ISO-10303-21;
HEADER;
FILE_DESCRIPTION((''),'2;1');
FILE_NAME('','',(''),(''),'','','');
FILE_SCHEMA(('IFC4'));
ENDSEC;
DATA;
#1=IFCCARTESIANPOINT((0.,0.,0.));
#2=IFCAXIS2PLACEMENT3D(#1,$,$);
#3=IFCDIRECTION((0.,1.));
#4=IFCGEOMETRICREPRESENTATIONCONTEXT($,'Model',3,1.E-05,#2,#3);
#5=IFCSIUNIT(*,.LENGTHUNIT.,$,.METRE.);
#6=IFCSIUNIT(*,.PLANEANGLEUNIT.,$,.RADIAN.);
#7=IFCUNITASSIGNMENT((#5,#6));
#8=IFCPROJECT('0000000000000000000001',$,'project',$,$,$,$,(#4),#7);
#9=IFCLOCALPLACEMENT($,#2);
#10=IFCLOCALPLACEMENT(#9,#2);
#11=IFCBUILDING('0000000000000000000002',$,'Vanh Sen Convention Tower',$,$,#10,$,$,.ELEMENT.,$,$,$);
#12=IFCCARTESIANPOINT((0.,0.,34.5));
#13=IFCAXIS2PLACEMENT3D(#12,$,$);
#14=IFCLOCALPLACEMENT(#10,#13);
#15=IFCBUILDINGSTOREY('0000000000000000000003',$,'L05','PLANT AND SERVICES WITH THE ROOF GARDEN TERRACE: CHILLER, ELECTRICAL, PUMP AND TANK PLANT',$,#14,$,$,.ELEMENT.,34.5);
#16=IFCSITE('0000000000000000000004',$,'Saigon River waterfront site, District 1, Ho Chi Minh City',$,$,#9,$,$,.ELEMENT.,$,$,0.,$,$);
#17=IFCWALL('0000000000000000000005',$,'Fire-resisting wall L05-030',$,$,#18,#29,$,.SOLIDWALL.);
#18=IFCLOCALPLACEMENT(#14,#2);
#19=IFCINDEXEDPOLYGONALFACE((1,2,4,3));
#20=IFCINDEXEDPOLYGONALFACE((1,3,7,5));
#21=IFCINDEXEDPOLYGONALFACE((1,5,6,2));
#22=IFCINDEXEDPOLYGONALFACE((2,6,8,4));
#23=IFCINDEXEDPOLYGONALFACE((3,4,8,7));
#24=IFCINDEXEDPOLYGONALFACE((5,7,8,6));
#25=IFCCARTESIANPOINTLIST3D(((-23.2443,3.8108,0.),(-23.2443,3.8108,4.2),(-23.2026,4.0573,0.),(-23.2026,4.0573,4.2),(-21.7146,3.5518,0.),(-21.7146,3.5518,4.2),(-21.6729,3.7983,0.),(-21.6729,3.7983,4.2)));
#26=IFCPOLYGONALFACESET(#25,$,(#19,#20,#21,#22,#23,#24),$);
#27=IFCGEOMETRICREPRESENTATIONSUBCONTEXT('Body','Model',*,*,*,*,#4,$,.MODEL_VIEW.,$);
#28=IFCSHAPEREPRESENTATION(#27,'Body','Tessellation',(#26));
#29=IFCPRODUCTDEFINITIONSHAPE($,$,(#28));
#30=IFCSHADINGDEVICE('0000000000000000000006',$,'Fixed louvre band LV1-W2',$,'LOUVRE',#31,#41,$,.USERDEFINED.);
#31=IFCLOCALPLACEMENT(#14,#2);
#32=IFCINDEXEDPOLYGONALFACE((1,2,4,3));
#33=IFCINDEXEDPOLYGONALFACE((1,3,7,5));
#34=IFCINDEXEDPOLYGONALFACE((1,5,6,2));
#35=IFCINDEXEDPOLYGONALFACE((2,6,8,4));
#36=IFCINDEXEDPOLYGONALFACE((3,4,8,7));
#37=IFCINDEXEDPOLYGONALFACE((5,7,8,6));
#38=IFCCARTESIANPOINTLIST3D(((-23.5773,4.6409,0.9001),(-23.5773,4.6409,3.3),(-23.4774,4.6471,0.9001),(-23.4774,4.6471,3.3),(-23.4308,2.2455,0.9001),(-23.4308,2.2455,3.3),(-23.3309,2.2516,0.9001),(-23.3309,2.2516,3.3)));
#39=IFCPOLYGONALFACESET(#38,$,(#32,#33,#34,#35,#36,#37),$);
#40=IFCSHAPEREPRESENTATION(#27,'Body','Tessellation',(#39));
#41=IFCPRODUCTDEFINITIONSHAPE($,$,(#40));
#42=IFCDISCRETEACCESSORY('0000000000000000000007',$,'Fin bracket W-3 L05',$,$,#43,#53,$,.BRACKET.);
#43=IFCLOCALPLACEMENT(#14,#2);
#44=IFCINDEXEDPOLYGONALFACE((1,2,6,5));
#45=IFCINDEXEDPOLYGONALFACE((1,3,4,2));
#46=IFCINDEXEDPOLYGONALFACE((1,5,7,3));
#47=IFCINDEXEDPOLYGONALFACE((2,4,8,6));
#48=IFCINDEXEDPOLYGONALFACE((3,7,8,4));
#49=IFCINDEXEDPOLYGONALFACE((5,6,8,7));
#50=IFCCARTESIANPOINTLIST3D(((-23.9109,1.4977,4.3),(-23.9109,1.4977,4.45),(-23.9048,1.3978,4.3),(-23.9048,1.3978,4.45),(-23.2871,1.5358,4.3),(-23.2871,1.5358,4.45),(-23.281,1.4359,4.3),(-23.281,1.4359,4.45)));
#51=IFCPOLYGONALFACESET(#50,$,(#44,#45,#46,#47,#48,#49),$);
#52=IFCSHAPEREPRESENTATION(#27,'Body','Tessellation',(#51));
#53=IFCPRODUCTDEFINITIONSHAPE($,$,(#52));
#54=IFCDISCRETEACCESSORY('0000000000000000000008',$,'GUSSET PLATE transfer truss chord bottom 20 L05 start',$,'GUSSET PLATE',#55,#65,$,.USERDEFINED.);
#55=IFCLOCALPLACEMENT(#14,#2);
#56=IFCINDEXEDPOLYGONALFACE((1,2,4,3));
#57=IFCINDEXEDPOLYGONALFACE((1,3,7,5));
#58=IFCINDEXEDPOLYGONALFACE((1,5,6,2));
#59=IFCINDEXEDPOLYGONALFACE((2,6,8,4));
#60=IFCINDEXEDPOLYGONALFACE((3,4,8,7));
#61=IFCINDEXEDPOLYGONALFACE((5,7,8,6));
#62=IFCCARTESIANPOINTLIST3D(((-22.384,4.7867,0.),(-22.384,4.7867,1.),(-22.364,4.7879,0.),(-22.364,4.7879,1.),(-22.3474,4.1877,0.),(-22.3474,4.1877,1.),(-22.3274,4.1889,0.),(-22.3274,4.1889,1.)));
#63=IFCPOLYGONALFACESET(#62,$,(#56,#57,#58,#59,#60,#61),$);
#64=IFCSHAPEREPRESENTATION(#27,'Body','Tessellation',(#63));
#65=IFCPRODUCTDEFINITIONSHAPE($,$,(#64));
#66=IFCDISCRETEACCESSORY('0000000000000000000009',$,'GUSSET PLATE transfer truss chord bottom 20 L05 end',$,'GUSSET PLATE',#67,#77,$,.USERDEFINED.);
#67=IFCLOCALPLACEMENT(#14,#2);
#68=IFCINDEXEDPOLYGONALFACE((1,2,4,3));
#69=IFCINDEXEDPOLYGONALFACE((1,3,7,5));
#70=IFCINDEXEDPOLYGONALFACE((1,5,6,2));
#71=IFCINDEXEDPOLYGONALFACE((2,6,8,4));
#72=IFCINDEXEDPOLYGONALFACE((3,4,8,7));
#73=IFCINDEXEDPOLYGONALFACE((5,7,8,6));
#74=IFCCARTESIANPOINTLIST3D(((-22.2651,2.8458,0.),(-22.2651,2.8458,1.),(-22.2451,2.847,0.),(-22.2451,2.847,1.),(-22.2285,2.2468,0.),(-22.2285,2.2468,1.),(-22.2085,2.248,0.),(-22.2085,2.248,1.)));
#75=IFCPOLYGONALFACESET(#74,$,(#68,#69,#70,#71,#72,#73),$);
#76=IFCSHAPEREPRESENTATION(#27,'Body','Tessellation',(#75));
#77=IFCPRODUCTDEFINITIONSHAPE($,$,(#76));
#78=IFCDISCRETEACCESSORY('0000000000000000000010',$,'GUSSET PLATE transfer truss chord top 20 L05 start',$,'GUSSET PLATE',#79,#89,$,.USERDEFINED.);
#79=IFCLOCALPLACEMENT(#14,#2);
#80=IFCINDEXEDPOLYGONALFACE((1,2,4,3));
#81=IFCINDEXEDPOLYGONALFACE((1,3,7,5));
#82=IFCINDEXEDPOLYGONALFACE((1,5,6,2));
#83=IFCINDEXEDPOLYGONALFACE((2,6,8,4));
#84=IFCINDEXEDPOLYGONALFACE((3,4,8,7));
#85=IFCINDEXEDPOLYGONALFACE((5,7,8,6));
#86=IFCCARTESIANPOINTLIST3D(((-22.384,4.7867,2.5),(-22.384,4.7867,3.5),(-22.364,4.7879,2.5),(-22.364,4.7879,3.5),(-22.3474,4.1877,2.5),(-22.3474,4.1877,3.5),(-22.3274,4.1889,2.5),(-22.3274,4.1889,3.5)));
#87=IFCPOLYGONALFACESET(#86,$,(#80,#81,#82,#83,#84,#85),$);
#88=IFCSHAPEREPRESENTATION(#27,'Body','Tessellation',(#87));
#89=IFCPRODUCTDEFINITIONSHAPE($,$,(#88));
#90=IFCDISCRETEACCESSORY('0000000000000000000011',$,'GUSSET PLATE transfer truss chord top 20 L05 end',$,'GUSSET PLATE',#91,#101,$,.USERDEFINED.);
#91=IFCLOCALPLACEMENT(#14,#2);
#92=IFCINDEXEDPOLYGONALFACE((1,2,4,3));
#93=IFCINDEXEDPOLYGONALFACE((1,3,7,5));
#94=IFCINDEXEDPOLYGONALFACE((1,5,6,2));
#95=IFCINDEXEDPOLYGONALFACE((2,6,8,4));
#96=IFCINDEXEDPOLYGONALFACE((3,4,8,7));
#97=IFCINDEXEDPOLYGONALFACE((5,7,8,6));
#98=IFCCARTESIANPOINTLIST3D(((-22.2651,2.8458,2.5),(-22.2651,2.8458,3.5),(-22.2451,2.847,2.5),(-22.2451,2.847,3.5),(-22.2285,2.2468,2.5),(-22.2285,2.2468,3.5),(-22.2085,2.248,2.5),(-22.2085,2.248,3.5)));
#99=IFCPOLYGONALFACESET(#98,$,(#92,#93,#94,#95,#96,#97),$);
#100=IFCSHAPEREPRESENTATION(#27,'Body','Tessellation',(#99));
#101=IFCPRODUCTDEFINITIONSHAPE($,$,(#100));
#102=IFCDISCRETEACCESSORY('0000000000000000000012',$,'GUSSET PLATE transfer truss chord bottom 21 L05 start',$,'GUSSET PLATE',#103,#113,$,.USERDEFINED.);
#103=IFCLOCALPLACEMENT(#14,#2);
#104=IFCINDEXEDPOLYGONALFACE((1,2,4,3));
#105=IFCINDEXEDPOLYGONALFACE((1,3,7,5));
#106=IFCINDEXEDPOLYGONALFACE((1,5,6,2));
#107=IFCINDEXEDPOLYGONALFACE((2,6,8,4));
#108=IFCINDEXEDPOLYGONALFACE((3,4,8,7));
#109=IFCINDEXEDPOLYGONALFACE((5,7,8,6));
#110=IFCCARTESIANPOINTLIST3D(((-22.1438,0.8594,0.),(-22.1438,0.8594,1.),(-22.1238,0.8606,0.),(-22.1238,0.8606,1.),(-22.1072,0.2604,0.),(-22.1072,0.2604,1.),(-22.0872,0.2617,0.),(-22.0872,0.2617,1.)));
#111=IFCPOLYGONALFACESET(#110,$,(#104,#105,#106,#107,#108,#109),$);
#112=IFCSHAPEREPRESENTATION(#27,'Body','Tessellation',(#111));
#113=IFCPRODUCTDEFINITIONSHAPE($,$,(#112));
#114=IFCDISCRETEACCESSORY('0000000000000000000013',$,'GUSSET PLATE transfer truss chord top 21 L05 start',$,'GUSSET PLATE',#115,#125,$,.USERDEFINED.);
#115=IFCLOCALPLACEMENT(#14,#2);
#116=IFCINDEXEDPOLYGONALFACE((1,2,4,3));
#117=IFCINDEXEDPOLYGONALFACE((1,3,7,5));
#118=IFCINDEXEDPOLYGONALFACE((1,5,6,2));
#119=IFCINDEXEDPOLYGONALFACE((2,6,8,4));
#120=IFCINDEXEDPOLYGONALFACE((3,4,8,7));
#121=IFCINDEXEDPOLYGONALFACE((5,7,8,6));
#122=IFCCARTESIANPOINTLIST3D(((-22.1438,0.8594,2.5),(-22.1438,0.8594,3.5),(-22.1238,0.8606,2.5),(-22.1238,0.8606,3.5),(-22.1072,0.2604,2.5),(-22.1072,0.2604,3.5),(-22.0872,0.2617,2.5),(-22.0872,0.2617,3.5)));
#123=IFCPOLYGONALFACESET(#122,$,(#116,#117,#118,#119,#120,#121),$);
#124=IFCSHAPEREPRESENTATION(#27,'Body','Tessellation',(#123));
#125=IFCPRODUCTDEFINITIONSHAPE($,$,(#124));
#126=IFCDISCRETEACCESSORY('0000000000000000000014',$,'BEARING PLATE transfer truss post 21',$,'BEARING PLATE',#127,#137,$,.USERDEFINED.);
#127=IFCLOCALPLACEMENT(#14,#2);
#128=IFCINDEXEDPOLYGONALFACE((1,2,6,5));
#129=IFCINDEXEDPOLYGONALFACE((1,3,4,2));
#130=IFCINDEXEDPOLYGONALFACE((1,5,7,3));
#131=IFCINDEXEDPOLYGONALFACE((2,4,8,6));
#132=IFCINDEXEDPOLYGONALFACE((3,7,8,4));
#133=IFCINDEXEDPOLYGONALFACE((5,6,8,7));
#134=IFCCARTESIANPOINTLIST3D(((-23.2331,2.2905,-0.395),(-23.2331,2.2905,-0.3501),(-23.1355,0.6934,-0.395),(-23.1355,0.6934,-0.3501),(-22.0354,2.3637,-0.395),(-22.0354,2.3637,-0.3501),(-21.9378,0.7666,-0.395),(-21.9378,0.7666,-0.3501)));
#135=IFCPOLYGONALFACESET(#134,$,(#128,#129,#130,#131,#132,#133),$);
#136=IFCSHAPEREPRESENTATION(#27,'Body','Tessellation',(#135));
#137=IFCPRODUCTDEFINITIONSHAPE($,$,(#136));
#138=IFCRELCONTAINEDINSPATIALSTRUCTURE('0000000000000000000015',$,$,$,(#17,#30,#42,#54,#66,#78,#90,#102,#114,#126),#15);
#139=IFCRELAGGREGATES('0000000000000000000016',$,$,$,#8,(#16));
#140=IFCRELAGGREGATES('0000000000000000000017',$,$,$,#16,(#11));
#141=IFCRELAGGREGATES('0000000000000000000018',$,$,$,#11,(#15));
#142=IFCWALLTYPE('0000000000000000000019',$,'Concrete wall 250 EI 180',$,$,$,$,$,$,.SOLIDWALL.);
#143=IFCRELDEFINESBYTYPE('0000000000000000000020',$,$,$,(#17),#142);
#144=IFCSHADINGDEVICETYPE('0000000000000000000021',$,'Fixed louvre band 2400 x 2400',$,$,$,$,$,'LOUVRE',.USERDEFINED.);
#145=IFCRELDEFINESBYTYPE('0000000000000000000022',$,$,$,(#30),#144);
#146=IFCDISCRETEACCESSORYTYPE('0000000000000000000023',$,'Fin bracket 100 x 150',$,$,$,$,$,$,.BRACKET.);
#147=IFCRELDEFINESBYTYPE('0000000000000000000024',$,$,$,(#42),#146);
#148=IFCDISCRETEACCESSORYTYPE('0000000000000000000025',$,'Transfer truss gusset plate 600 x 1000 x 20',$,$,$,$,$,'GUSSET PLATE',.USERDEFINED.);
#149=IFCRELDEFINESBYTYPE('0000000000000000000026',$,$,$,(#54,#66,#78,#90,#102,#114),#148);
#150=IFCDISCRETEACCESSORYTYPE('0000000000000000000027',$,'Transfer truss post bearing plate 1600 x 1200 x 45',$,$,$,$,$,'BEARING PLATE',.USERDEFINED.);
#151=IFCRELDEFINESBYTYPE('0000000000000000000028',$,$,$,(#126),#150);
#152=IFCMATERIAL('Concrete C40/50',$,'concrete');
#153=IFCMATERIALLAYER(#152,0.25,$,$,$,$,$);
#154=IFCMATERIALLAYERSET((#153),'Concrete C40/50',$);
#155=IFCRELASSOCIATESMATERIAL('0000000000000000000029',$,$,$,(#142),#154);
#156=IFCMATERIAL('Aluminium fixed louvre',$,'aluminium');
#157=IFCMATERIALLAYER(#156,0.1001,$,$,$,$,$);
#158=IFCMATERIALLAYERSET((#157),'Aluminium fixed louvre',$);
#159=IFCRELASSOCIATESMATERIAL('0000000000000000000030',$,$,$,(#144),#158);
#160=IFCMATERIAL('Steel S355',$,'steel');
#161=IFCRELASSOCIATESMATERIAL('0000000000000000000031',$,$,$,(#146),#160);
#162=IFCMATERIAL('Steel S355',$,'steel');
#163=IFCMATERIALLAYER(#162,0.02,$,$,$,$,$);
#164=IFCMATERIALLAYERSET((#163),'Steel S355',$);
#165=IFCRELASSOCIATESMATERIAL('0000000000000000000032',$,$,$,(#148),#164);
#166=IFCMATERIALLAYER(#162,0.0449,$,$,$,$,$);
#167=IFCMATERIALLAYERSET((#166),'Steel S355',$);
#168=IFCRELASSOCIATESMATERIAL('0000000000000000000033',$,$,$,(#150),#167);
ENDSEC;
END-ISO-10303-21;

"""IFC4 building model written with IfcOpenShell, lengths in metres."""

from ifc_helpers import new_model, si_unit, direction, frame, frame_2d, origin, origin_2d, place, context, subcontext, project, spatial, rectangle, extrude, material, layer, layer_set, type_object, element, save


model = new_model("IFC4")

# Units and contexts
model_context = context("Model", 3, precision=1e-05, world=origin(), true_north=direction((0.0, 1.0)))
body_context = subcontext(model_context, "Body", "Model", "MODEL_VIEW")
ifc_project = project(units=[si_unit("LENGTHUNIT", "METRE"), si_unit("PLANEANGLEUNIT", "RADIAN")], contexts=[model_context])

# Site, building, storey
site_placement = place(None, origin())
site = spatial("IfcSite", under=ifc_project, at=site_placement, Name="Saigon River waterfront site, District 1, Ho Chi Minh City", CompositionType="ELEMENT", RefElevation=0.0)
building_placement = place(site_placement, origin())
building = spatial("IfcBuilding", under=site, at=building_placement, Name="Vanh Sen Convention Tower", CompositionType="ELEMENT")
storey_placement = place(building_placement, frame((0.0, 0.0, 34.5)))
storey = spatial("IfcBuildingStorey", under=building, at=storey_placement, Name="L05", Description="PLANT AND SERVICES WITH THE ROOF GARDEN TERRACE: CHILLER, ELECTRICAL, PUMP AND TANK PLANT", CompositionType="ELEMENT", Elevation=34.5)

# Shared definitions
ifc_material_1 = material(Name="Steel S355", Category="steel")

# Wall
ifc_material_2 = material(Name="Concrete C40/50", Category="concrete")
ifc_layer_1 = layer(ifc_material_2, 0.25)
ifc_layer_set_1 = layer_set([ifc_layer_1], Name="Concrete C40/50")
wall_type = type_object("IfcWallType", Name="Concrete wall 250 EI 180", PredefinedType="SOLIDWALL", material=ifc_layer_set_1)
wall_1_placement = place(storey_placement, frame((-21.6936, 3.675, 0.0), z_axis=(0.0, 0.0, 1.0), x_axis=(-0.985965, 0.16695, 0.0)))
element("IfcWall", 1, at=wall_1_placement, inside=storey, type_object=wall_type, Name="Fire-resisting wall L05-030", PredefinedType="SOLIDWALL", context=body_context, shape_type="SweptSolid", body=[
    extrude(rectangle(XDim=1.5515, YDim=0.25, at=frame_2d((0.7759, 0.0))), origin(), (0.0, 0.0, 1.0), 4.2),
])

# Shading device
ifc_material_3 = material(Name="Aluminium fixed louvre", Category="aluminium")
ifc_layer_2 = layer(ifc_material_3, 0.1001)
ifc_layer_set_2 = layer_set([ifc_layer_2], Name="Aluminium fixed louvre")
shading_device_type = type_object("IfcShadingDeviceType", Name="Fixed louvre band 2400 x 2400", ElementType="LOUVRE", PredefinedType="USERDEFINED", material=ifc_layer_set_2)
shading_device_placement = place(storey_placement, frame((-23.4541, 3.4463, 0.9001), z_axis=(0.0, 0.0, 1.0), x_axis=(0.061049, -0.998135, 0.0)))
element("IfcShadingDevice", 2, at=shading_device_placement, inside=storey, type_object=shading_device_type, Name="Fixed louvre band LV1-W2", ObjectType="LOUVRE", PredefinedType="USERDEFINED", context=body_context, shape_type="SweptSolid", body=[
    extrude(rectangle(XDim=2.3999, YDim=0.1001, at=origin_2d()), origin(), (0.0, 0.0, 1.0), 2.3999),
])

# Discrete accessories
ifc_material_4 = material(Name="Steel S355", Category="steel")
discrete_accessory_type_1 = type_object("IfcDiscreteAccessoryType", Name="Fin bracket 100 x 150", PredefinedType="BRACKET", material=ifc_material_4)
discrete_accessory_1_placement = place(storey_placement, frame((-23.5959, 1.4668, 4.3), z_axis=(0.0, 0.0, 1.0), x_axis=(-0.998135, -0.061049, 0.0)))
element("IfcDiscreteAccessory", 3, at=discrete_accessory_1_placement, inside=storey, type_object=discrete_accessory_type_1, Name="Fin bracket W-3 L05", PredefinedType="BRACKET", context=body_context, shape_type="SweptSolid", body=[
    extrude(rectangle(XDim=0.625, YDim=0.1001, at=origin_2d()), origin(), (0.0, 0.0, 1.0), 0.1499),
])
ifc_layer_3 = layer(ifc_material_1, 0.02)
ifc_layer_set_3 = layer_set([ifc_layer_3], Name="Steel S355")
discrete_accessory_type_2 = type_object("IfcDiscreteAccessoryType", Name="Transfer truss gusset plate 600 x 1000 x 20", ElementType="GUSSET PLATE", PredefinedType="USERDEFINED", material=ifc_layer_set_3)
for number, where, z_axis, x_axis, name in (
    (4, (-22.3557, 4.4878, 0.0), (0.0, 0.0, 1.0), (0.061049, -0.998135, 0.0), "GUSSET PLATE transfer truss chord bottom 20 L05 start"),
    (5, (-22.2368, 2.5469, 0.0), (0.0, 0.0, 1.0), (-0.061049, 0.998135, 0.0), "GUSSET PLATE transfer truss chord bottom 20 L05 end"),
    (6, (-22.3557, 4.4878, 2.5), (0.0, 0.0, 1.0), (0.061049, -0.998135, 0.0), "GUSSET PLATE transfer truss chord top 20 L05 start"),
    (7, (-22.2368, 2.5469, 2.5), (0.0, 0.0, 1.0), (-0.061049, 0.998135, 0.0), "GUSSET PLATE transfer truss chord top 20 L05 end"),
    (8, (-22.1155, 0.5605, 0.0), (0.0, 0.0, 1.0), (0.061047, -0.998135, 0.0), "GUSSET PLATE transfer truss chord bottom 21 L05 start"),
    (9, (-22.1155, 0.5605, 2.5), (0.0, 0.0, 1.0), (0.061047, -0.998135, 0.0), "GUSSET PLATE transfer truss chord top 21 L05 start"),
):
    element("IfcDiscreteAccessory", number, at=place(storey_placement, frame(where, z_axis=z_axis, x_axis=x_axis)), inside=storey, type_object=discrete_accessory_type_2, Name=name, ObjectType="GUSSET PLATE", PredefinedType="USERDEFINED", context=body_context, shape_type="SweptSolid", body=[
        extrude(rectangle(XDim=0.6001, YDim=0.02, at=origin_2d()), origin(), (0.0, 0.0, 1.0), 1.0),
    ])
ifc_layer_4 = layer(ifc_material_1, 0.0449)
ifc_layer_set_4 = layer_set([ifc_layer_4], Name="Steel S355")
discrete_accessory_type_3 = type_object("IfcDiscreteAccessoryType", Name="Transfer truss post bearing plate 1600 x 1200 x 45", ElementType="BEARING PLATE", PredefinedType="USERDEFINED", material=ifc_layer_set_4)
discrete_accessory_2_placement = place(storey_placement, frame((-22.5854, 1.5286, -0.395), z_axis=(0.0, 0.0, 1.0), x_axis=(0.061049, -0.998135, 0.0)))
element("IfcDiscreteAccessory", 10, at=discrete_accessory_2_placement, inside=storey, type_object=discrete_accessory_type_3, Name="BEARING PLATE transfer truss post 21", ObjectType="BEARING PLATE", PredefinedType="USERDEFINED", context=body_context, shape_type="SweptSolid", body=[
    extrude(rectangle(XDim=1.6001, YDim=1.2, at=origin_2d()), origin(), (0.0, 0.0, 1.0), 0.0449),
])

save(model, "model.ifc")
